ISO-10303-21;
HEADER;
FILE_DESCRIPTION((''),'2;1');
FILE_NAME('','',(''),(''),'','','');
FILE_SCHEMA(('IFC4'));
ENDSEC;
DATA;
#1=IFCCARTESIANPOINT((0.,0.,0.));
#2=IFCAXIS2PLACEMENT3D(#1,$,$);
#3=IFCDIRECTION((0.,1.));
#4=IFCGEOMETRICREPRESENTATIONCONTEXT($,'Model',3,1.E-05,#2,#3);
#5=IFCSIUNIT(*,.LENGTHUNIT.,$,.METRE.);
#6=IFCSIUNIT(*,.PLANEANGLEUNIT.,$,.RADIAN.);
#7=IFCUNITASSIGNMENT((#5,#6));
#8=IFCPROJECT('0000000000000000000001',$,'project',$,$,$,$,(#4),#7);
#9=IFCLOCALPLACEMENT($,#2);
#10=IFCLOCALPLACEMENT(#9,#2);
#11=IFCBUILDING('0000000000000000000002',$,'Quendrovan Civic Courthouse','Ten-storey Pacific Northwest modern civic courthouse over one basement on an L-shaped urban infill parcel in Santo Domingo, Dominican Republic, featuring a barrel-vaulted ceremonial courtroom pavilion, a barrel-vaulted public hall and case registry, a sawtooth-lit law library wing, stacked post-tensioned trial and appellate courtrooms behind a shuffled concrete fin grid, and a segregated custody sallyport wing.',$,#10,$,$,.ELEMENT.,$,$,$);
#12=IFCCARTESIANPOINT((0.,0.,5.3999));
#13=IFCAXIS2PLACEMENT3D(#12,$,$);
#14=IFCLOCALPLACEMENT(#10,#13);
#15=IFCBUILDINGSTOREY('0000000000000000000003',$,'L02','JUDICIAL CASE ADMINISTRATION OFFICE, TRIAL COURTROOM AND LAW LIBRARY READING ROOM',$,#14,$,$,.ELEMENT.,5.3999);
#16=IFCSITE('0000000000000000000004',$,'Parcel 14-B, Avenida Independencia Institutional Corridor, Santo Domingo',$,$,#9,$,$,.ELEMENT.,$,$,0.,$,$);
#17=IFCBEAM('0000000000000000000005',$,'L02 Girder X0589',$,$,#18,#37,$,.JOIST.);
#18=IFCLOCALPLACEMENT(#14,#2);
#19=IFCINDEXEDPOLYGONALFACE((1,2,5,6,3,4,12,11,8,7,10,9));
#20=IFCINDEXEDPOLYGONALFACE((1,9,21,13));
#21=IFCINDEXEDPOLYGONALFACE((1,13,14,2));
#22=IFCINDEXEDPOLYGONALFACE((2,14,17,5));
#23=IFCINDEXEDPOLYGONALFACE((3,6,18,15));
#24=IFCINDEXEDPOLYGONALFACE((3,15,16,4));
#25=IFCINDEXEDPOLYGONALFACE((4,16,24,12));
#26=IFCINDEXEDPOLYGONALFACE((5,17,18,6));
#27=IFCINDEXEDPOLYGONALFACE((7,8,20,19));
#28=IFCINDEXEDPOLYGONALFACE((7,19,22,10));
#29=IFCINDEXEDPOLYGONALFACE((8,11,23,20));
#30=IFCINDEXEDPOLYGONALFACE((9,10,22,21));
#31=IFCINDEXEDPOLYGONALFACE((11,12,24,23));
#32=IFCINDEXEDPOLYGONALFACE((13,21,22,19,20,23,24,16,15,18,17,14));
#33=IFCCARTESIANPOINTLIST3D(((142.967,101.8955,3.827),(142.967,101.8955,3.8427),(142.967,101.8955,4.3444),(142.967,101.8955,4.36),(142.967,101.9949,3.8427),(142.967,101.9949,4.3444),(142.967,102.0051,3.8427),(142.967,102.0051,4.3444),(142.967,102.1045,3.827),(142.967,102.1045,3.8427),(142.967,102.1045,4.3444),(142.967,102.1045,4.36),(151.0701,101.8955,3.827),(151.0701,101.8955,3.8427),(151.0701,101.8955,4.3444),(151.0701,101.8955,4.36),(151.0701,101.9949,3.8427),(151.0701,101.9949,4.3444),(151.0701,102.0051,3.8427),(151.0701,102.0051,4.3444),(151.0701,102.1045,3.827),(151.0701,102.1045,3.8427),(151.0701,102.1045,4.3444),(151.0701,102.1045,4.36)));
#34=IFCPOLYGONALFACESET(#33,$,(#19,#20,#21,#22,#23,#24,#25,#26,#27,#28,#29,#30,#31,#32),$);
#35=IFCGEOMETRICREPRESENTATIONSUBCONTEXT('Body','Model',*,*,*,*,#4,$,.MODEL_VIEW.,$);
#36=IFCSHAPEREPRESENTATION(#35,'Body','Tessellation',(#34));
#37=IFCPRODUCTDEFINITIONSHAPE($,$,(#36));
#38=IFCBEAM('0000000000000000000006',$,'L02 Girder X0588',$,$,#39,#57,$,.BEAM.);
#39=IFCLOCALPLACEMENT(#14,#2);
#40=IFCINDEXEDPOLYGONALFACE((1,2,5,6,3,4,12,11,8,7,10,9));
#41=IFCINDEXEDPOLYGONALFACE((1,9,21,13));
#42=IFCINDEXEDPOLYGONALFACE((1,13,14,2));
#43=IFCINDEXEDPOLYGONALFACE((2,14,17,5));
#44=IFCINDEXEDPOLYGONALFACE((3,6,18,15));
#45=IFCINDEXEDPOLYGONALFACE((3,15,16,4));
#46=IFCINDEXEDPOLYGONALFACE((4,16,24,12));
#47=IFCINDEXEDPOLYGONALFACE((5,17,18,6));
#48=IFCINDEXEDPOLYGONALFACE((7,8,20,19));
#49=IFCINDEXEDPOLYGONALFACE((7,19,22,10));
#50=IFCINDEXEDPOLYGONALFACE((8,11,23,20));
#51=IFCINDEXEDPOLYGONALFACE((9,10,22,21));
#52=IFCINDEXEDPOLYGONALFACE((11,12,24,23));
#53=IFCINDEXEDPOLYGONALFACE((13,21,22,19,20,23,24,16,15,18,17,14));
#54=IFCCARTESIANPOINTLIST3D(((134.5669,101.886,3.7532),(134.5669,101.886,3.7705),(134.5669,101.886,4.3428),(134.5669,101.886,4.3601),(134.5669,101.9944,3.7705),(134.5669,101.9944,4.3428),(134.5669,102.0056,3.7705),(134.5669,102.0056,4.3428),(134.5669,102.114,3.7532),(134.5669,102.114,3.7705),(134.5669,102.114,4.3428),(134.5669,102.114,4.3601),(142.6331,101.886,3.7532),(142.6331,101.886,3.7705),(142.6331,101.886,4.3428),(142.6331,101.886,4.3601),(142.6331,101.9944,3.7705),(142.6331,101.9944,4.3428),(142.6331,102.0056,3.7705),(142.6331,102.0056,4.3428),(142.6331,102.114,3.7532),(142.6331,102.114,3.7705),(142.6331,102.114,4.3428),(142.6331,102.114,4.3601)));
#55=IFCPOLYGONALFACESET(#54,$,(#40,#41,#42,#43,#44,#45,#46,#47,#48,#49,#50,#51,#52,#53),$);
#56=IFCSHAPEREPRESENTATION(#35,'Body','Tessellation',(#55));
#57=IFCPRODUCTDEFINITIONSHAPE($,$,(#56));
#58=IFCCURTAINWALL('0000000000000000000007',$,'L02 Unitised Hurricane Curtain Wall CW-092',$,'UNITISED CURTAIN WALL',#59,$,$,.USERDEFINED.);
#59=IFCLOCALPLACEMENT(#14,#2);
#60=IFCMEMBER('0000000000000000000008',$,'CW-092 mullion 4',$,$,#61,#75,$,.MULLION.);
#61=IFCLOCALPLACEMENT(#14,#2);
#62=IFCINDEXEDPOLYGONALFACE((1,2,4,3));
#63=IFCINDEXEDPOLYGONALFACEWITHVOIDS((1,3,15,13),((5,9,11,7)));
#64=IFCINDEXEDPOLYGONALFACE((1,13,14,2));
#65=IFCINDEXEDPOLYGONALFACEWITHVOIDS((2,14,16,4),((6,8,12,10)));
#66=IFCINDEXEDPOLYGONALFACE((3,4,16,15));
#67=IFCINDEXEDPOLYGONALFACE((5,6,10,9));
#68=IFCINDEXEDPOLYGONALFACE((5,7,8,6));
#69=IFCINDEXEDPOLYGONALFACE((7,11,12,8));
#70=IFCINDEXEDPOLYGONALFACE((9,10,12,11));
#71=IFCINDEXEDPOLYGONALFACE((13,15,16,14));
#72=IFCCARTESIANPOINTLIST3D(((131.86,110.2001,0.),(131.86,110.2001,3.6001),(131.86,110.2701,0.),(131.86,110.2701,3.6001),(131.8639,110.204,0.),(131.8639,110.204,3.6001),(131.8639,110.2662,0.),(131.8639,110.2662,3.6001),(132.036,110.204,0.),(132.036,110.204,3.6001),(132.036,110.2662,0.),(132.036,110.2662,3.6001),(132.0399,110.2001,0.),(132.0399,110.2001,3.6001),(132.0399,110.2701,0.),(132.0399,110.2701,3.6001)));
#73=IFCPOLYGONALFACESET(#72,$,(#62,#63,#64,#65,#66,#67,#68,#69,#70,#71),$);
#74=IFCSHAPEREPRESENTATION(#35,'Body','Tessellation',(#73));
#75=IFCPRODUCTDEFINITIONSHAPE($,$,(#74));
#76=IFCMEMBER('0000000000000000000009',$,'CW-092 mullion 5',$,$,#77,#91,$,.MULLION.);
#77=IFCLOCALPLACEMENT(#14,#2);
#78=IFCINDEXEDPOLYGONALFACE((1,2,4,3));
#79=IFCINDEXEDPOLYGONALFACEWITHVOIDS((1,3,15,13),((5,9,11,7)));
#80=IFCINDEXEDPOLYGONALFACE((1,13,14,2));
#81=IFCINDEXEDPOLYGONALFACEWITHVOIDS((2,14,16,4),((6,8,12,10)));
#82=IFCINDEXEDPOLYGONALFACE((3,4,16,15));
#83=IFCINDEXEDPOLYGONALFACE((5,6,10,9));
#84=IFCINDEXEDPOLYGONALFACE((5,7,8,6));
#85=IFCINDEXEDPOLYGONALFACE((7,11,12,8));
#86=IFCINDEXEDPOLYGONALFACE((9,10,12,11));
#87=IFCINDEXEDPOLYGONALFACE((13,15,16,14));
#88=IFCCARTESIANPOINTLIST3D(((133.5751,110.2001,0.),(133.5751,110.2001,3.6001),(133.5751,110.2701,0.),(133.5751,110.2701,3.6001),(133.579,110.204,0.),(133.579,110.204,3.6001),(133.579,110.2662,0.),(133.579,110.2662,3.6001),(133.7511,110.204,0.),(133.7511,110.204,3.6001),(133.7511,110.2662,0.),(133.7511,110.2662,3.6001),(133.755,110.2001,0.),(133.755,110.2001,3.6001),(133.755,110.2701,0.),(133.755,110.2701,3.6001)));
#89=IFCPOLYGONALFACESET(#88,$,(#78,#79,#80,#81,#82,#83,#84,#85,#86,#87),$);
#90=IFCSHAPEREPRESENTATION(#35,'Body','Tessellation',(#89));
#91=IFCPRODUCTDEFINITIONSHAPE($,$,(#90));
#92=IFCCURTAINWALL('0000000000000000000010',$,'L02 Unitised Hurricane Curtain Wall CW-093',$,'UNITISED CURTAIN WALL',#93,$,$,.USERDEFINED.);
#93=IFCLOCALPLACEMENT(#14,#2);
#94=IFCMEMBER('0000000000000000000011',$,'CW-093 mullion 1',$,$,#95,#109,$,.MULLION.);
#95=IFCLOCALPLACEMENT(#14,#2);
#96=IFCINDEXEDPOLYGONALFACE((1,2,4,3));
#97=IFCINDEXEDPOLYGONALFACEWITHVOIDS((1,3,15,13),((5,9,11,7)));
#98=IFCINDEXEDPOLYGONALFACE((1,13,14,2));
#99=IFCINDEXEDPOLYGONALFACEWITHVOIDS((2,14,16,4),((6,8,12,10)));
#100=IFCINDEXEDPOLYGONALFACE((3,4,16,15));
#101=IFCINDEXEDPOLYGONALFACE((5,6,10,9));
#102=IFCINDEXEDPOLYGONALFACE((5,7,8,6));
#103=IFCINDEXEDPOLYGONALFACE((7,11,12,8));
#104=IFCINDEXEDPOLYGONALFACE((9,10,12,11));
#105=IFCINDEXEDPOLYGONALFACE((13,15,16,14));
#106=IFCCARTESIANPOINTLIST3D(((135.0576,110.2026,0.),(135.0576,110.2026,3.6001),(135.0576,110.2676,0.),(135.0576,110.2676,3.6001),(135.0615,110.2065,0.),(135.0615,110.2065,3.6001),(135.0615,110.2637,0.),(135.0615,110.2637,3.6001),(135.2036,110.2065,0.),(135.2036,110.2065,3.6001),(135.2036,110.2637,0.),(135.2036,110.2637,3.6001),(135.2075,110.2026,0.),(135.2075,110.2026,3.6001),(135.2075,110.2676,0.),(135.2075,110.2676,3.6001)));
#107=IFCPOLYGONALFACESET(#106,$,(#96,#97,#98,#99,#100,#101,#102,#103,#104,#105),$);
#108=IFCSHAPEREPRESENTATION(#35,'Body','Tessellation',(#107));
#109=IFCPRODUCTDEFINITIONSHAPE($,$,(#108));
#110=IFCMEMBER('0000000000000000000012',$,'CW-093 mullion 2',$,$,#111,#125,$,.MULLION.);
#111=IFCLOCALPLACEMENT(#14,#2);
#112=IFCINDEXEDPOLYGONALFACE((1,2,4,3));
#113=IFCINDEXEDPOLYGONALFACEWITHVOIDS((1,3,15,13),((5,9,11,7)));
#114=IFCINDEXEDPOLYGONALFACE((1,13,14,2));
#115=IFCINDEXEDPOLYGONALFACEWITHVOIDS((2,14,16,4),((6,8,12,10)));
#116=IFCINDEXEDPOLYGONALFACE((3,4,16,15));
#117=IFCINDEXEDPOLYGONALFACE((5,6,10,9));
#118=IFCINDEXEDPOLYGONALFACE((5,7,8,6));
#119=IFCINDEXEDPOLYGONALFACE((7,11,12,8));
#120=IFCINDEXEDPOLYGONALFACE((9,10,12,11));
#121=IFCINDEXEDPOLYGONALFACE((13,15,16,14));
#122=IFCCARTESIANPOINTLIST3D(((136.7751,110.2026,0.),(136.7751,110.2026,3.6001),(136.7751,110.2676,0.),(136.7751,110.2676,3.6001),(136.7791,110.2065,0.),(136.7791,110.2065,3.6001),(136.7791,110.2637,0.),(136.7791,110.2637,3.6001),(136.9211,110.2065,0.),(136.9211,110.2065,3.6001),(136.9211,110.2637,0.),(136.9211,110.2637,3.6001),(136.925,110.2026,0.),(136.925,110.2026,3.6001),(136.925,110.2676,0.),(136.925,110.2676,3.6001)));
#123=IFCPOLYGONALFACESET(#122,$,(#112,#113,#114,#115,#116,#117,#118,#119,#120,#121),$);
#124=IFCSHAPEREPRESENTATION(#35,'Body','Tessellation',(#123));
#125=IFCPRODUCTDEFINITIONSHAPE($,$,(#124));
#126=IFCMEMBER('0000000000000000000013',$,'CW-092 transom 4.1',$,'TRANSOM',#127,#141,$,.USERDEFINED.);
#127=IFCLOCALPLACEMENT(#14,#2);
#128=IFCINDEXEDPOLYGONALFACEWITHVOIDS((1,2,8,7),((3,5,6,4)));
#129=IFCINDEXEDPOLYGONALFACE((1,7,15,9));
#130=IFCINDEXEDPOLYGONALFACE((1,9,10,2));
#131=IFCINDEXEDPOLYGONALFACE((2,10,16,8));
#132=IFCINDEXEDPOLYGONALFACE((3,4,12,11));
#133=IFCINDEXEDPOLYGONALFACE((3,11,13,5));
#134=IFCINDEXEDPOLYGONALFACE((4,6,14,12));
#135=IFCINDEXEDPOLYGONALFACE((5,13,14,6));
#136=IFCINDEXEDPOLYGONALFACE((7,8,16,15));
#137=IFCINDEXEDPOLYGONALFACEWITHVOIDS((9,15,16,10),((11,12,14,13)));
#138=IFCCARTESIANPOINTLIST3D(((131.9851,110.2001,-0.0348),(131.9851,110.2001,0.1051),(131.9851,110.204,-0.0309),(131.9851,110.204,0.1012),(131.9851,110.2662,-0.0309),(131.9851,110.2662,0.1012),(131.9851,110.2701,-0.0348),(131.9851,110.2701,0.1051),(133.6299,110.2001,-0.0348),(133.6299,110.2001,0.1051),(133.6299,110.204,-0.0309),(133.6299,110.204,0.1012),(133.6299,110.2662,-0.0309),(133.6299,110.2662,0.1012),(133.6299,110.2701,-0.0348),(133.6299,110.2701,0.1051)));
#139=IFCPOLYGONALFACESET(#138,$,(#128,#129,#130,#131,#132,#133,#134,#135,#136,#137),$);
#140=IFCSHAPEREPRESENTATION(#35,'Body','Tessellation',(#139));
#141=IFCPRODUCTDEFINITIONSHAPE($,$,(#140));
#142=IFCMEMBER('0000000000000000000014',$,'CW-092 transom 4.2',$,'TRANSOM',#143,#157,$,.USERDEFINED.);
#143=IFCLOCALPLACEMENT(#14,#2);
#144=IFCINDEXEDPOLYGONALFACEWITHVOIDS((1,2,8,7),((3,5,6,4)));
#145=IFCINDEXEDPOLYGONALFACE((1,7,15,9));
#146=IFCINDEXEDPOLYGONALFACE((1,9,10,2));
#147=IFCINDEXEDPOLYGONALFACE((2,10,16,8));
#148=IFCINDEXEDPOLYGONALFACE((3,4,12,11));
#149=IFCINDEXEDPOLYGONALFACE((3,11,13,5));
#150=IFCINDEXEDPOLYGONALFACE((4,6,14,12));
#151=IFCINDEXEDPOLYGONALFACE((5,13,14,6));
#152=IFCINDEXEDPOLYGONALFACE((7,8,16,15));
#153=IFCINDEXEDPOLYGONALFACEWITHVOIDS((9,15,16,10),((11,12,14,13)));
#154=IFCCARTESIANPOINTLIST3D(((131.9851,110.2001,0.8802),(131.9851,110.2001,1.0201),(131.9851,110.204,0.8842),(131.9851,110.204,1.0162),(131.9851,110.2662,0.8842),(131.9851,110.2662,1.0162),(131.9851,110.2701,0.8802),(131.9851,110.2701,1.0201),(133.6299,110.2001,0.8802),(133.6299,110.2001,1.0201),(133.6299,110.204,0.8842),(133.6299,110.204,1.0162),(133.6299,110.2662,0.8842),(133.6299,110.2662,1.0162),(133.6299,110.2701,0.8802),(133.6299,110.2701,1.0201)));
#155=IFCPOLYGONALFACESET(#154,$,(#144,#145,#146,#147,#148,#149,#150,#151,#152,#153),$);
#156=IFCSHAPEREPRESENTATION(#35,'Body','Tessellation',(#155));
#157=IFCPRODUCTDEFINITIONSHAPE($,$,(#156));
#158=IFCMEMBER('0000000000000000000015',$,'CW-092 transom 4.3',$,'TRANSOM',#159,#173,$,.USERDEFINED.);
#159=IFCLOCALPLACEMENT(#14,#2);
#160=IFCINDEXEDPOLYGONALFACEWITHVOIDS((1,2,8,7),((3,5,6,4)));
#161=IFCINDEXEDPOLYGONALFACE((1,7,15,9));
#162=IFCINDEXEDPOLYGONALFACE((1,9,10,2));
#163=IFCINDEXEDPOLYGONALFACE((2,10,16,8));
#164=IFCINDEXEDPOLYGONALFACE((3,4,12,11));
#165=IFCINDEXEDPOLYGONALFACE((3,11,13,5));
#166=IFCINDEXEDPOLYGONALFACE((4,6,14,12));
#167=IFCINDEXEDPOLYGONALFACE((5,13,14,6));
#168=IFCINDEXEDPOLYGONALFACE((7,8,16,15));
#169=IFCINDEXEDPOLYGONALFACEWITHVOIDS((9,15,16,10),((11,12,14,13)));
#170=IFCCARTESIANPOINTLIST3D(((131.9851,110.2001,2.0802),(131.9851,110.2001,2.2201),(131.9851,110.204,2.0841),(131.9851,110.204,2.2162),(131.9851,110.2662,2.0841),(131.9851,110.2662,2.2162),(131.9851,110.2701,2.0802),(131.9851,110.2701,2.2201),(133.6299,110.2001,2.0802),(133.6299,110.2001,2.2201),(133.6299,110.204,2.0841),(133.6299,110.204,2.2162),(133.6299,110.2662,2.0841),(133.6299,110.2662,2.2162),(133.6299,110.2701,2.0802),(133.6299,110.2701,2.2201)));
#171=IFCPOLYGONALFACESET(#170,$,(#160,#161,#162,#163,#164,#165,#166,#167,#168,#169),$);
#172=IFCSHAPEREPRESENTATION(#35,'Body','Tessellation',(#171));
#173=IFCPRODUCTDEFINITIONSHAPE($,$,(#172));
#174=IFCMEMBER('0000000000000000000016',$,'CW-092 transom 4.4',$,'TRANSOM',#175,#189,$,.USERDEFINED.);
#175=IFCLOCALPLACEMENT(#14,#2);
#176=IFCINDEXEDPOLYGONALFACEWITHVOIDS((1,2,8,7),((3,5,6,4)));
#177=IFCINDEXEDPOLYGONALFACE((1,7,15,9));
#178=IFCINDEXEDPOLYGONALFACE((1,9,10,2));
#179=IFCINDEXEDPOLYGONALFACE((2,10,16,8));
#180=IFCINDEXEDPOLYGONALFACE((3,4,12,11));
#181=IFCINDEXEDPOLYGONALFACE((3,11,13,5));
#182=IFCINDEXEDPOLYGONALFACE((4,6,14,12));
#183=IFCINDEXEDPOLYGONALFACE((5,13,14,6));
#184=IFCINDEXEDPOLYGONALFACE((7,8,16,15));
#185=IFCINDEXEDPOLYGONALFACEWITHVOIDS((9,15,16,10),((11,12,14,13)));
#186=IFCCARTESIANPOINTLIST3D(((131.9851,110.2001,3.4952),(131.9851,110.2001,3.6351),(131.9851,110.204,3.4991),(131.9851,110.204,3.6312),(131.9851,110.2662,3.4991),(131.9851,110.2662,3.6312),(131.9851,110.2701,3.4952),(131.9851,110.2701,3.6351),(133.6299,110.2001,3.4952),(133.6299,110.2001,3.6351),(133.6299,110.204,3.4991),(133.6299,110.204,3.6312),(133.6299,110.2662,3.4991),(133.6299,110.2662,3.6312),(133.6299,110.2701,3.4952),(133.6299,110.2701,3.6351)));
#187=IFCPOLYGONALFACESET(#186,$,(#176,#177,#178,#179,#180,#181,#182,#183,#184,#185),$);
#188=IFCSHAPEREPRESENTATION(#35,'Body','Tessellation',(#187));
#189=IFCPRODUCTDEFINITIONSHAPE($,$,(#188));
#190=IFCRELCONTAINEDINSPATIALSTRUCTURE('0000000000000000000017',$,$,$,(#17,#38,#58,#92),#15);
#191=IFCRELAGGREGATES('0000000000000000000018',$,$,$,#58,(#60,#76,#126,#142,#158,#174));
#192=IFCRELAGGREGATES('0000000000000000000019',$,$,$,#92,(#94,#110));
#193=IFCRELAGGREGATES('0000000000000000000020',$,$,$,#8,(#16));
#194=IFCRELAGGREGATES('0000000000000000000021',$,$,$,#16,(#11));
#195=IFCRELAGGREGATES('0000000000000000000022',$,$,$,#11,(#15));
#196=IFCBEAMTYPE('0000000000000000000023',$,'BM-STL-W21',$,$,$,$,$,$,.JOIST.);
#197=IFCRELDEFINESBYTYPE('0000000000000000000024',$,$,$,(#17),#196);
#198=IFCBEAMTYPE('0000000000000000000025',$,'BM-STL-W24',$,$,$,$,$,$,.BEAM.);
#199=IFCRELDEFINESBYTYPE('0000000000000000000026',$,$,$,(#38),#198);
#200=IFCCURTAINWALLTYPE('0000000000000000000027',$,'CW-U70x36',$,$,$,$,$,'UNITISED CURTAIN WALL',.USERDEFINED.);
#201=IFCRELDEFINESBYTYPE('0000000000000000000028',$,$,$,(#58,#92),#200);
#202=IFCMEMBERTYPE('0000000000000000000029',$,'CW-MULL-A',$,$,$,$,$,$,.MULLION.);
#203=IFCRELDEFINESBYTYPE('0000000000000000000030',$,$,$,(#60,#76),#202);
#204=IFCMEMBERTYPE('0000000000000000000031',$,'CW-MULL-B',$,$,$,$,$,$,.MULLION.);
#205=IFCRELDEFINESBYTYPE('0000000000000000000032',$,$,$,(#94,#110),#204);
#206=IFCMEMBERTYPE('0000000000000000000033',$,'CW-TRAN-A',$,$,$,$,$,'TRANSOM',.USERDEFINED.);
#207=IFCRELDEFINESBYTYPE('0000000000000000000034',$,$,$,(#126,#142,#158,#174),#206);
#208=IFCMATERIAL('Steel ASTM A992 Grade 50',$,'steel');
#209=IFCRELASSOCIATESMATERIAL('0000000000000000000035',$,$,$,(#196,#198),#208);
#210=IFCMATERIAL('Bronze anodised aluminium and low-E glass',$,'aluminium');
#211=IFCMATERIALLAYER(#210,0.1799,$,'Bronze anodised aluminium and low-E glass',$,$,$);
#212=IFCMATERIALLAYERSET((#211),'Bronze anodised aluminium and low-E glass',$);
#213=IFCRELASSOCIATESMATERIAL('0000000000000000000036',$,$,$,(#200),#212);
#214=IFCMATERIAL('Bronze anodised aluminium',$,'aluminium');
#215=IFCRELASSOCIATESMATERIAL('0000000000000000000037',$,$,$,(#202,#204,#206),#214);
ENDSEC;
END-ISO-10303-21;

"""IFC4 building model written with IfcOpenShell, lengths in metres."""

from ifc_helpers import new_model, si_unit, direction, frame, origin, origin_2d, place, context, subcontext, project, spatial, hollow_rectangle, i_section, extrude, material, layer, layer_set, material_profile, profile_set, type_object, element, aggregate, save


model = new_model("IFC4")

# Units and contexts
model_context = context("Model", 3, precision=1e-05, world=origin(), true_north=direction((0.0, 1.0)))
body_context = subcontext(model_context, "Body", "Model", "MODEL_VIEW")
ifc_project = project(units=[si_unit("LENGTHUNIT", "METRE"), si_unit("PLANEANGLEUNIT", "RADIAN")], contexts=[model_context])

# Site, building, storey
site_placement = place(None, origin())
site = spatial("IfcSite", under=ifc_project, at=site_placement, Name="Parcel 14-B, Avenida Independencia Institutional Corridor, Santo Domingo", CompositionType="ELEMENT", RefElevation=0.0)
building_placement = place(site_placement, origin())
building = spatial("IfcBuilding", under=site, at=building_placement, Name="Quendrovan Civic Courthouse", Description="Ten-storey Pacific Northwest modern civic courthouse over one basement on an L-shaped urban infill parcel in Santo Domingo, Dominican Republic, featuring a barrel-vaulted ceremonial courtroom pavilion, a barrel-vaulted public hall and case registry, a sawtooth-lit law library wing, stacked post-tensioned trial and appellate courtrooms behind a shuffled concrete fin grid, and a segregated custody sallyport wing.", CompositionType="ELEMENT")
storey_placement = place(building_placement, frame((0.0, 0.0, 5.3999)))
storey = spatial("IfcBuildingStorey", under=building, at=storey_placement, Name="L02", Description="JUDICIAL CASE ADMINISTRATION OFFICE, TRIAL COURTROOM AND LAW LIBRARY READING ROOM", CompositionType="ELEMENT", Elevation=5.3999)

# Shared definitions
ifc_material_1 = material(Name="Steel ASTM A992 Grade 50", Category="steel")

# Beams
ifc_material_profile_1 = material_profile(ifc_material_1, i_section(OverallWidth=0.209, OverallDepth=0.533, WebThickness=0.0103, FlangeThickness=0.0156, at=origin_2d()), Name="W21X62")
ifc_profile_set_1 = profile_set([ifc_material_profile_1], Name="Steel ASTM A992 Grade 50")
beam_type_1 = type_object("IfcBeamType", Name="BM-STL-W21", PredefinedType="JOIST", material=ifc_profile_set_1)
beam_1_placement = place(storey_placement, frame((142.967, 102.0, 4.0935), z_axis=(1.0, 0.0, 0.0), x_axis=(0.0, 1.0, 0.0)))
element("IfcBeam", 1, at=beam_1_placement, inside=storey, type_object=beam_type_1, Name="L02 Girder X0589", PredefinedType="JOIST", context=body_context, shape_type="SweptSolid", body=[
    extrude(i_section(OverallWidth=0.209, OverallDepth=0.533, WebThickness=0.0103, FlangeThickness=0.0156, at=origin_2d()), origin(), (0.0, 0.0, 1.0), 8.103),
])
ifc_material_profile_2 = material_profile(ifc_material_1, i_section(OverallWidth=0.228, OverallDepth=0.6069, WebThickness=0.0112, FlangeThickness=0.0173, at=origin_2d()), Name="W24X76")
ifc_profile_set_2 = profile_set([ifc_material_profile_2], Name="Steel ASTM A992 Grade 50")
beam_type_2 = type_object("IfcBeamType", Name="BM-STL-W24", PredefinedType="BEAM", material=ifc_profile_set_2)
beam_2_placement = place(storey_placement, frame((134.5669, 102.0, 4.0566), z_axis=(1.0, 0.0, 0.0), x_axis=(0.0, 1.0, 0.0)))
element("IfcBeam", 2, at=beam_2_placement, inside=storey, type_object=beam_type_2, Name="L02 Girder X0588", PredefinedType="BEAM", context=body_context, shape_type="SweptSolid", body=[
    extrude(i_section(OverallWidth=0.228, OverallDepth=0.6069, WebThickness=0.0112, FlangeThickness=0.0173, at=origin_2d()), origin(), (0.0, 0.0, 1.0), 8.0662),
])

# Curtain walls, members
ifc_material_2 = material(Name="Bronze anodised aluminium and low-E glass", Category="aluminium")
ifc_layer_1 = layer(ifc_material_2, 0.1799, Name="Bronze anodised aluminium and low-E glass")
ifc_layer_set_1 = layer_set([ifc_layer_1], Name="Bronze anodised aluminium and low-E glass")
curtain_wall_type = type_object("IfcCurtainWallType", Name="CW-U70x36", ElementType="UNITISED CURTAIN WALL", PredefinedType="USERDEFINED", material=ifc_layer_set_1)
curtain_wall_1_placement = place(storey_placement, origin())
curtain_wall_1 = element("IfcCurtainWall", 3, at=curtain_wall_1_placement, inside=storey, type_object=curtain_wall_type, Name="L02 Unitised Hurricane Curtain Wall CW-092", ObjectType="UNITISED CURTAIN WALL", PredefinedType="USERDEFINED")
ifc_material_3 = material(Name="Bronze anodised aluminium", Category="aluminium")
ifc_material_profile_3 = material_profile(ifc_material_3, hollow_rectangle(XDim=0.0701, YDim=0.1799, WallThickness=0.0039, at=origin_2d()), Name="CW-MULL-70x180")
ifc_profile_set_3 = profile_set([ifc_material_profile_3], Name="Bronze anodised aluminium")
member_type_1 = type_object("IfcMemberType", Name="CW-MULL-A", PredefinedType="MULLION", material=ifc_profile_set_3)
member_1_placement = place(storey_placement, frame((131.95, 110.2351, 0.0), z_axis=(0.0, 0.0, 1.0), x_axis=(0.0, 1.0, 0.0)))
member_1 = element("IfcMember", 4, at=member_1_placement, type_object=member_type_1, Name="CW-092 mullion 4", PredefinedType="MULLION", context=body_context, shape_type="SweptSolid", body=[
    extrude(hollow_rectangle(XDim=0.0701, YDim=0.1799, WallThickness=0.0039, at=origin_2d()), origin(), (0.0, 0.0, 1.0), 3.6001),
])
member_2_placement = place(storey_placement, frame((133.665, 110.2351, 0.0), z_axis=(0.0, 0.0, 1.0), x_axis=(0.0, 1.0, 0.0)))
member_2 = element("IfcMember", 5, at=member_2_placement, type_object=member_type_1, Name="CW-092 mullion 5", PredefinedType="MULLION", context=body_context, shape_type="SweptSolid", body=[
    extrude(hollow_rectangle(XDim=0.0701, YDim=0.1799, WallThickness=0.0039, at=origin_2d()), origin(), (0.0, 0.0, 1.0), 3.6001),
])
curtain_wall_2_placement = place(storey_placement, origin())
curtain_wall_2 = element("IfcCurtainWall", 6, at=curtain_wall_2_placement, inside=storey, type_object=curtain_wall_type, Name="L02 Unitised Hurricane Curtain Wall CW-093", ObjectType="UNITISED CURTAIN WALL", PredefinedType="USERDEFINED")
ifc_material_profile_4 = material_profile(ifc_material_3, hollow_rectangle(XDim=0.0649, YDim=0.1499, WallThickness=0.0039, at=origin_2d()), Name="CW-MULL-65x150")
ifc_profile_set_4 = profile_set([ifc_material_profile_4], Name="Bronze anodised aluminium")
member_type_2 = type_object("IfcMemberType", Name="CW-MULL-B", PredefinedType="MULLION", material=ifc_profile_set_4)
member_3_placement = place(storey_placement, frame((135.1326, 110.2351, 0.0), z_axis=(0.0, 0.0, 1.0), x_axis=(0.0, 1.0, 0.0)))
member_3 = element("IfcMember", 7, at=member_3_placement, type_object=member_type_2, Name="CW-093 mullion 1", PredefinedType="MULLION", context=body_context, shape_type="SweptSolid", body=[
    extrude(hollow_rectangle(XDim=0.0649, YDim=0.1499, WallThickness=0.0039, at=origin_2d()), origin(), (0.0, 0.0, 1.0), 3.6001),
])
member_4_placement = place(storey_placement, frame((136.8501, 110.2351, 0.0), z_axis=(0.0, 0.0, 1.0), x_axis=(0.0, 1.0, 0.0)))
member_4 = element("IfcMember", 8, at=member_4_placement, type_object=member_type_2, Name="CW-093 mullion 2", PredefinedType="MULLION", context=body_context, shape_type="SweptSolid", body=[
    extrude(hollow_rectangle(XDim=0.0649, YDim=0.1499, WallThickness=0.0039, at=origin_2d()), origin(), (0.0, 0.0, 1.0), 3.6001),
])

# Members
ifc_material_profile_5 = material_profile(ifc_material_3, hollow_rectangle(XDim=0.0701, YDim=0.1399, WallThickness=0.0039, at=origin_2d()), Name="CW-TRAN-70x140")
ifc_profile_set_5 = profile_set([ifc_material_profile_5], Name="Bronze anodised aluminium")
member_type_3 = type_object("IfcMemberType", Name="CW-TRAN-A", ElementType="TRANSOM", PredefinedType="USERDEFINED", material=ifc_profile_set_5)
member_5_placement = place(storey_placement, frame((131.9851, 110.2351, 0.0352), z_axis=(1.0, 0.0, 0.0), x_axis=(0.0, 1.0, 0.0)))
member_5 = element("IfcMember", 9, at=member_5_placement, type_object=member_type_3, Name="CW-092 transom 4.1", ObjectType="TRANSOM", PredefinedType="USERDEFINED", context=body_context, shape_type="SweptSolid", body=[
    extrude(hollow_rectangle(XDim=0.0701, YDim=0.1399, WallThickness=0.0039, at=origin_2d()), origin(), (0.0, 0.0, 1.0), 1.6448),
])
member_6_placement = place(storey_placement, frame((131.9851, 110.2351, 0.9502), z_axis=(1.0, 0.0, 0.0), x_axis=(0.0, 1.0, 0.0)))
member_6 = element("IfcMember", 10, at=member_6_placement, type_object=member_type_3, Name="CW-092 transom 4.2", ObjectType="TRANSOM", PredefinedType="USERDEFINED", context=body_context, shape_type="SweptSolid", body=[
    extrude(hollow_rectangle(XDim=0.0701, YDim=0.1399, WallThickness=0.0039, at=origin_2d()), origin(), (0.0, 0.0, 1.0), 1.6448),
])
member_7_placement = place(storey_placement, frame((131.9851, 110.2351, 2.1501), z_axis=(1.0, 0.0, 0.0), x_axis=(0.0, 1.0, 0.0)))
member_7 = element("IfcMember", 11, at=member_7_placement, type_object=member_type_3, Name="CW-092 transom 4.3", ObjectType="TRANSOM", PredefinedType="USERDEFINED", context=body_context, shape_type="SweptSolid", body=[
    extrude(hollow_rectangle(XDim=0.0701, YDim=0.1399, WallThickness=0.0039, at=origin_2d()), origin(), (0.0, 0.0, 1.0), 1.6448),
])
member_8_placement = place(storey_placement, frame((131.9851, 110.2351, 3.5652), z_axis=(1.0, 0.0, 0.0), x_axis=(0.0, 1.0, 0.0)))
member_8 = element("IfcMember", 12, at=member_8_placement, type_object=member_type_3, Name="CW-092 transom 4.4", ObjectType="TRANSOM", PredefinedType="USERDEFINED", context=body_context, shape_type="SweptSolid", body=[
    extrude(hollow_rectangle(XDim=0.0701, YDim=0.1399, WallThickness=0.0039, at=origin_2d()), origin(), (0.0, 0.0, 1.0), 1.6448),
])

aggregate(curtain_wall_1, [member_1, member_2, member_5, member_6, member_7, member_8])
aggregate(curtain_wall_2, [member_3, member_4])

save(model, "model.ifc")
